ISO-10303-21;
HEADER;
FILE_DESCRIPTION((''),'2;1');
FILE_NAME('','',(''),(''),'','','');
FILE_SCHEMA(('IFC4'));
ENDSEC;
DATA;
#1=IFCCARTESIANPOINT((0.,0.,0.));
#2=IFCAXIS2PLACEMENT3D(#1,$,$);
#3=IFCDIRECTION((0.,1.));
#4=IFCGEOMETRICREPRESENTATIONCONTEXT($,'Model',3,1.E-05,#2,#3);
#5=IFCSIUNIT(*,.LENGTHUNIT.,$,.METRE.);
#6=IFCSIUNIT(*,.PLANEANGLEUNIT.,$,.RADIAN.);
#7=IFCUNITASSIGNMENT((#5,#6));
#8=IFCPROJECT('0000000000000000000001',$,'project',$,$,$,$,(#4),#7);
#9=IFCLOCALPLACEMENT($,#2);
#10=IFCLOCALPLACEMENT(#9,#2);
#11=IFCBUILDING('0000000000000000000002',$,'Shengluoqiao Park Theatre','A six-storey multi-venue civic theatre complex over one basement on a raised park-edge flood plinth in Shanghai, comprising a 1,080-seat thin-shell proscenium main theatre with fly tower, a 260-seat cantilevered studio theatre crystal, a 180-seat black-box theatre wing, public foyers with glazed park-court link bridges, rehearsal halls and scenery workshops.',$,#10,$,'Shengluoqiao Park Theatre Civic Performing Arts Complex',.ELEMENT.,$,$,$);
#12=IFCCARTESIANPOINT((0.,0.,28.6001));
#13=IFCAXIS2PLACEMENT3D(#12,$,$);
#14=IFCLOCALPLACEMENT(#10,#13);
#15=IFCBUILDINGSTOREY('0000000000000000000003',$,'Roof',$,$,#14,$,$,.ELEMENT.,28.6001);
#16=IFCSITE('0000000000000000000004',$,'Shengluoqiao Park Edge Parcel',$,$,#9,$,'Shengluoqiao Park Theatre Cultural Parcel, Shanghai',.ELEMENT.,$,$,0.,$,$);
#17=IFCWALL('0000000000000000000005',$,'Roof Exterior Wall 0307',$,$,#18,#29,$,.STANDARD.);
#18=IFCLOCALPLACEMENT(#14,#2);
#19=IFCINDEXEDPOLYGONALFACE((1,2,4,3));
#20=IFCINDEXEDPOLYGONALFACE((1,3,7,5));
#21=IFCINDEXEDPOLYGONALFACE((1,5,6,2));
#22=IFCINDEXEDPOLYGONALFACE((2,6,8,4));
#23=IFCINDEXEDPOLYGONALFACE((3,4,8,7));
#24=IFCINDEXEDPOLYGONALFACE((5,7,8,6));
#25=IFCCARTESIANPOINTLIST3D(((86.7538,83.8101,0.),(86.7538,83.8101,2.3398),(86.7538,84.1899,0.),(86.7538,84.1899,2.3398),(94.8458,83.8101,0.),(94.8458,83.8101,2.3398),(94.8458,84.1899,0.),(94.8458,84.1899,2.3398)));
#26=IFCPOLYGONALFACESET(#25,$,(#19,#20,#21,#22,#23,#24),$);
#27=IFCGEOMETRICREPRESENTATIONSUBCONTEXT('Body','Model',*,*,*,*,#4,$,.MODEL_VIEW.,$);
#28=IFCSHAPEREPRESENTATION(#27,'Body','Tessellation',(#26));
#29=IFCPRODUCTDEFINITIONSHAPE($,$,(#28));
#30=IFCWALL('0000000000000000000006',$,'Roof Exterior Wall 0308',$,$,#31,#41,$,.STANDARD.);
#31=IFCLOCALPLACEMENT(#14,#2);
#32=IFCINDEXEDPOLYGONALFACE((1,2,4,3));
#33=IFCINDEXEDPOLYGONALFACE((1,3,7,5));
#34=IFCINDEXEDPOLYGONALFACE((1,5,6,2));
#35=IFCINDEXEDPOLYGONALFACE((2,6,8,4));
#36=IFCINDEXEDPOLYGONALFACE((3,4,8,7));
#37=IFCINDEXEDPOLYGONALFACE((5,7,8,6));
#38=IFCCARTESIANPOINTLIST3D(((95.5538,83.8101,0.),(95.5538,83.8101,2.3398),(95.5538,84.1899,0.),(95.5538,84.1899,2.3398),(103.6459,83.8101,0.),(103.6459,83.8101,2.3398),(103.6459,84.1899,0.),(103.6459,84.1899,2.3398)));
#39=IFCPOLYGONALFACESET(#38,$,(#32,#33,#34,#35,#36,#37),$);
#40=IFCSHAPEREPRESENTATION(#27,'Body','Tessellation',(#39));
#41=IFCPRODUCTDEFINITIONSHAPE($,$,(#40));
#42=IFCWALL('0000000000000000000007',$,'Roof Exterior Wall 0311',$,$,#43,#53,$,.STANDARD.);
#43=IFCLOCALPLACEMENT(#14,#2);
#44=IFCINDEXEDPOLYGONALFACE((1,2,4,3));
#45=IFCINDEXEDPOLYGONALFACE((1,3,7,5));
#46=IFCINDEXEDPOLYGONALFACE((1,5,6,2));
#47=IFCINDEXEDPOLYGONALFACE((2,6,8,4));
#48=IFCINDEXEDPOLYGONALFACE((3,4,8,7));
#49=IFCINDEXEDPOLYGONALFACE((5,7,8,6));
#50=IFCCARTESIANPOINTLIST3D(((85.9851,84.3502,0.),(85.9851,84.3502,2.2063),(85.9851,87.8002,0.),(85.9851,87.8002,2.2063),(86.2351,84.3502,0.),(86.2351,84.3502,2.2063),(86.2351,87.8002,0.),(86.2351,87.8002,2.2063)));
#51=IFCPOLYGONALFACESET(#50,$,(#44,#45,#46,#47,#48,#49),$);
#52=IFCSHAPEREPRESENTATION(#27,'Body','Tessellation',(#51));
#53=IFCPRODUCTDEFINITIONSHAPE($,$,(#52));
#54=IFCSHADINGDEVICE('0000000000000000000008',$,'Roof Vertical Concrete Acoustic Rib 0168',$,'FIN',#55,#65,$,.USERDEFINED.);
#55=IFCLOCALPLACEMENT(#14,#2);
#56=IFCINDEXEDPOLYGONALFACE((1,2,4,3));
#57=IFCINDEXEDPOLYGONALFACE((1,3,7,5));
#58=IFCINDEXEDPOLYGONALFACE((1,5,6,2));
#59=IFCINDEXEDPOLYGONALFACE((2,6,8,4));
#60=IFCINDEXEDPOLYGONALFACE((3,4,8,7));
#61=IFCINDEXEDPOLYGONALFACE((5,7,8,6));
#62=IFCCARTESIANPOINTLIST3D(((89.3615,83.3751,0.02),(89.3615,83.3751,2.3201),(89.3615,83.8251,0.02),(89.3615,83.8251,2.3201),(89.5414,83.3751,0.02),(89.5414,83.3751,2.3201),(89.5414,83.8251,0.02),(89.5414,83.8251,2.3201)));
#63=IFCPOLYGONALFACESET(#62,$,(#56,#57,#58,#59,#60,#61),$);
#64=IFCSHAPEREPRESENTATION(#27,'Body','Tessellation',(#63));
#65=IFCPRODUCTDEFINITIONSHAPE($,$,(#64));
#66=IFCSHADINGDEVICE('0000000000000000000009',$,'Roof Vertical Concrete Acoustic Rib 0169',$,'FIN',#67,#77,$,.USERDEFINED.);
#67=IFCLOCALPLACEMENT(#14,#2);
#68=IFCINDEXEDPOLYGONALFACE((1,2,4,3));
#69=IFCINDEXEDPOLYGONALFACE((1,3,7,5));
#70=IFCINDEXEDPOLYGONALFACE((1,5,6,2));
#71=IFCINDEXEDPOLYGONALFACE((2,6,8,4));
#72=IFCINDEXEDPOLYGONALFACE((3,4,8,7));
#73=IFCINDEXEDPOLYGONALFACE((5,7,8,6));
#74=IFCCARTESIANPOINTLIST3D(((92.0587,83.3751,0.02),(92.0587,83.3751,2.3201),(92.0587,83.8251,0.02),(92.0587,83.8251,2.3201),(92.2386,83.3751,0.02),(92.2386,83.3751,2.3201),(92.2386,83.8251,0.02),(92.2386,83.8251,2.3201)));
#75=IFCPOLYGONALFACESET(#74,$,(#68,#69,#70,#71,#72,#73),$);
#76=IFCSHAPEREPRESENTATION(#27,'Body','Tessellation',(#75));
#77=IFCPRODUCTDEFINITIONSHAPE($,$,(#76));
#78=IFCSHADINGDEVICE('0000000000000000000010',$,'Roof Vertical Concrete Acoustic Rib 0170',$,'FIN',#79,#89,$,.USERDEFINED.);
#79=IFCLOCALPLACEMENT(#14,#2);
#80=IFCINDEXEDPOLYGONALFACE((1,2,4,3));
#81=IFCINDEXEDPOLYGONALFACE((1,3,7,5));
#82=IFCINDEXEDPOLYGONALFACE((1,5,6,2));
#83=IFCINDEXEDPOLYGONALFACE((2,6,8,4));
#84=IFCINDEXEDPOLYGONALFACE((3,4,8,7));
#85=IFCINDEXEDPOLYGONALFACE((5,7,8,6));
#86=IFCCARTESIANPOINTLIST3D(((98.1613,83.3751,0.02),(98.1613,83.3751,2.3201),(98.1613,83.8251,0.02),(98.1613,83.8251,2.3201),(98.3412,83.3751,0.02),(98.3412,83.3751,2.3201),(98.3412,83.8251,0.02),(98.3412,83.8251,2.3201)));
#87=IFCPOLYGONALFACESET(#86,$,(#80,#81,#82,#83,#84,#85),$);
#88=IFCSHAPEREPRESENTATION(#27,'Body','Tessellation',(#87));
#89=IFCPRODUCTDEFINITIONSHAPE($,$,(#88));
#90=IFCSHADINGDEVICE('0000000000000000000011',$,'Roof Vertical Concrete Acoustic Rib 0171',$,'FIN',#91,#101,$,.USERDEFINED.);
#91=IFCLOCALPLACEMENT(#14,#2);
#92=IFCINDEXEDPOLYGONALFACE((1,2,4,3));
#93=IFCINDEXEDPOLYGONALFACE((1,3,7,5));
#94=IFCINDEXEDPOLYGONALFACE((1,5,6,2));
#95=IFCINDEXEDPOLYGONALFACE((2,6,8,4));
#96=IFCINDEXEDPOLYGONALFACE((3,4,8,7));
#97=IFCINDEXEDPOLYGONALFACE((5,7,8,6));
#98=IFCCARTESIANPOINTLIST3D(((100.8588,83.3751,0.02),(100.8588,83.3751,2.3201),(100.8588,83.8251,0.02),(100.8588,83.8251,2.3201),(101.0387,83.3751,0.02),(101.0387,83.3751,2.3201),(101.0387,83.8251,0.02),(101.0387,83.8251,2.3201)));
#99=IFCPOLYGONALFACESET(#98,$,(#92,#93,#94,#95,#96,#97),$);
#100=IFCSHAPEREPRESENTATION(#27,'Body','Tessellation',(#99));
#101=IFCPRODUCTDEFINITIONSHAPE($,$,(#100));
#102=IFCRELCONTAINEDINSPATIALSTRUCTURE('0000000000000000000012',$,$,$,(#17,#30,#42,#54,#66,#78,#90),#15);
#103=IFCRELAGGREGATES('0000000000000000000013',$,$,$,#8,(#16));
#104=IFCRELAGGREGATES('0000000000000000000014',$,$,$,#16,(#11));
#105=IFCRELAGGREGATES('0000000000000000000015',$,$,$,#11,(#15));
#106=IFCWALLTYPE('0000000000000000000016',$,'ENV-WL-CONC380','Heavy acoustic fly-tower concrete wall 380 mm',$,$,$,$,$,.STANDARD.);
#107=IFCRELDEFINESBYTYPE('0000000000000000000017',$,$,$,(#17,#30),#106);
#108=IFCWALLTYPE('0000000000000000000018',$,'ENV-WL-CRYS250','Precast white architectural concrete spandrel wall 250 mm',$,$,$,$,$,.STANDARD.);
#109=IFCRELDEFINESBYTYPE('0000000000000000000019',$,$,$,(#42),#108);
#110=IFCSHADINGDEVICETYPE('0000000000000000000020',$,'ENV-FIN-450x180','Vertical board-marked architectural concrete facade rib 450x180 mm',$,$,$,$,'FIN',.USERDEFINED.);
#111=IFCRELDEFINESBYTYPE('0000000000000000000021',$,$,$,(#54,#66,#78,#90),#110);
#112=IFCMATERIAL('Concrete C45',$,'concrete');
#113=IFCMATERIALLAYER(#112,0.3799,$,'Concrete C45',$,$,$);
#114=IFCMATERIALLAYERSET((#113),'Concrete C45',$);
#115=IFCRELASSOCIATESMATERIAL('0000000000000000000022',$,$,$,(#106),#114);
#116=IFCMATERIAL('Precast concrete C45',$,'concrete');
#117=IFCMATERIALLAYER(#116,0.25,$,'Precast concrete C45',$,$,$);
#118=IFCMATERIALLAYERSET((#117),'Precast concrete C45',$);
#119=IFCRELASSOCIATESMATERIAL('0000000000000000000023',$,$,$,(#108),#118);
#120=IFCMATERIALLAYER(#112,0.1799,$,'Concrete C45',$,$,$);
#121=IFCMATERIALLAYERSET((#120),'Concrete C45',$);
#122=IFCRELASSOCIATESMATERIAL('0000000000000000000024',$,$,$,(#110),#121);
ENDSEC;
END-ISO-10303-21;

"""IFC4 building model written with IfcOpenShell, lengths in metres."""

from ifc_helpers import new_model, si_unit, direction, frame, frame_2d, origin, origin_2d, place, context, subcontext, project, spatial, rectangle, extrude, material, layer, layer_set, type_object, element, save


model = new_model("IFC4")

# Units and contexts
model_context = context("Model", 3, precision=1e-05, world=origin(), true_north=direction((0.0, 1.0)))
body_context = subcontext(model_context, "Body", "Model", "MODEL_VIEW")
ifc_project = project(units=[si_unit("LENGTHUNIT", "METRE"), si_unit("PLANEANGLEUNIT", "RADIAN")], contexts=[model_context])

# Site, building, storey
site_placement = place(None, origin())
site = spatial("IfcSite", under=ifc_project, at=site_placement, Name="Shengluoqiao Park Edge Parcel", LongName="Shengluoqiao Park Theatre Cultural Parcel, Shanghai", CompositionType="ELEMENT", RefElevation=0.0)
building_placement = place(site_placement, origin())
building = spatial("IfcBuilding", under=site, at=building_placement, Name="Shengluoqiao Park Theatre", Description="A six-storey multi-venue civic theatre complex over one basement on a raised park-edge flood plinth in Shanghai, comprising a 1,080-seat thin-shell proscenium main theatre with fly tower, a 260-seat cantilevered studio theatre crystal, a 180-seat black-box theatre wing, public foyers with glazed park-court link bridges, rehearsal halls and scenery workshops.", LongName="Shengluoqiao Park Theatre Civic Performing Arts Complex", CompositionType="ELEMENT")
storey_placement = place(building_placement, frame((0.0, 0.0, 28.6001)))
storey = spatial("IfcBuildingStorey", under=building, at=storey_placement, Name="Roof", CompositionType="ELEMENT", Elevation=28.6001)

# Walls
ifc_material_1 = material(Name="Concrete C45", Category="concrete")
ifc_layer_1 = layer(ifc_material_1, 0.3799, Name="Concrete C45")
ifc_layer_set_1 = layer_set([ifc_layer_1], Name="Concrete C45")
wall_type_1 = type_object("IfcWallType", Name="ENV-WL-CONC380", Description="Heavy acoustic fly-tower concrete wall 380 mm", PredefinedType="STANDARD", material=ifc_layer_set_1)
for number, where, z_axis, x_axis, name in (
    (1, (86.7539, 84.0, 0.0), (0.0, 0.0, 1.0), (1.0, 0.0, 0.0), "Roof Exterior Wall 0307"),
    (2, (95.554, 84.0, 0.0), (0.0, 0.0, 1.0), (1.0, 0.0, 0.0), "Roof Exterior Wall 0308"),
):
    element("IfcWall", number, at=place(storey_placement, frame(where, z_axis=z_axis, x_axis=x_axis)), inside=storey, type_object=wall_type_1, Name=name, PredefinedType="STANDARD", context=body_context, shape_type="SweptSolid", body=[
        extrude(rectangle(XDim=8.092, YDim=0.3799, at=frame_2d((4.0459, 0.0))), origin(), (0.0, 0.0, 1.0), 2.3398),
    ])
ifc_material_2 = material(Name="Precast concrete C45", Category="concrete")
ifc_layer_2 = layer(ifc_material_2, 0.25, Name="Precast concrete C45")
ifc_layer_set_2 = layer_set([ifc_layer_2], Name="Precast concrete C45")
wall_type_2 = type_object("IfcWallType", Name="ENV-WL-CRYS250", Description="Precast white architectural concrete spandrel wall 250 mm", PredefinedType="STANDARD", material=ifc_layer_set_2)
wall_placement = place(storey_placement, frame((86.1101, 84.3501, 0.0), z_axis=(0.0, 0.0, 1.0), x_axis=(0.0, 1.0, 0.0)))
element("IfcWall", 3, at=wall_placement, inside=storey, type_object=wall_type_2, Name="Roof Exterior Wall 0311", PredefinedType="STANDARD", context=body_context, shape_type="SweptSolid", body=[
    extrude(rectangle(XDim=3.45, YDim=0.25, at=frame_2d((1.7251, 0.0))), origin(), (0.0, 0.0, 1.0), 2.2063),
])

# Shading devices
ifc_layer_3 = layer(ifc_material_1, 0.1799, Name="Concrete C45")
ifc_layer_set_3 = layer_set([ifc_layer_3], Name="Concrete C45")
shading_device_type = type_object("IfcShadingDeviceType", Name="ENV-FIN-450x180", Description="Vertical board-marked architectural concrete facade rib 450x180 mm", ElementType="FIN", PredefinedType="USERDEFINED", material=ifc_layer_set_3)
for number, where, z_axis, x_axis, name in (
    (4, (89.4514, 83.6001, 0.02), (0.0, 0.0, 1.0), (0.0, -1.0, 0.0), "Roof Vertical Concrete Acoustic Rib 0168"),
    (5, (92.1487, 83.6001, 0.02), (0.0, 0.0, 1.0), (0.0, -1.0, 0.0), "Roof Vertical Concrete Acoustic Rib 0169"),
    (6, (98.2512, 83.6001, 0.02), (0.0, 0.0, 1.0), (0.0, -1.0, 0.0), "Roof Vertical Concrete Acoustic Rib 0170"),
    (7, (100.9487, 83.6001, 0.02), (0.0, 0.0, 1.0), (0.0, -1.0, 0.0), "Roof Vertical Concrete Acoustic Rib 0171"),
):
    element("IfcShadingDevice", number, at=place(storey_placement, frame(where, z_axis=z_axis, x_axis=x_axis)), inside=storey, type_object=shading_device_type, Name=name, ObjectType="FIN", PredefinedType="USERDEFINED", context=body_context, shape_type="SweptSolid", body=[
        extrude(rectangle(XDim=0.45, YDim=0.1799, at=origin_2d()), origin(), (0.0, 0.0, 1.0), 2.3),
    ])

save(model, "model.ifc")
